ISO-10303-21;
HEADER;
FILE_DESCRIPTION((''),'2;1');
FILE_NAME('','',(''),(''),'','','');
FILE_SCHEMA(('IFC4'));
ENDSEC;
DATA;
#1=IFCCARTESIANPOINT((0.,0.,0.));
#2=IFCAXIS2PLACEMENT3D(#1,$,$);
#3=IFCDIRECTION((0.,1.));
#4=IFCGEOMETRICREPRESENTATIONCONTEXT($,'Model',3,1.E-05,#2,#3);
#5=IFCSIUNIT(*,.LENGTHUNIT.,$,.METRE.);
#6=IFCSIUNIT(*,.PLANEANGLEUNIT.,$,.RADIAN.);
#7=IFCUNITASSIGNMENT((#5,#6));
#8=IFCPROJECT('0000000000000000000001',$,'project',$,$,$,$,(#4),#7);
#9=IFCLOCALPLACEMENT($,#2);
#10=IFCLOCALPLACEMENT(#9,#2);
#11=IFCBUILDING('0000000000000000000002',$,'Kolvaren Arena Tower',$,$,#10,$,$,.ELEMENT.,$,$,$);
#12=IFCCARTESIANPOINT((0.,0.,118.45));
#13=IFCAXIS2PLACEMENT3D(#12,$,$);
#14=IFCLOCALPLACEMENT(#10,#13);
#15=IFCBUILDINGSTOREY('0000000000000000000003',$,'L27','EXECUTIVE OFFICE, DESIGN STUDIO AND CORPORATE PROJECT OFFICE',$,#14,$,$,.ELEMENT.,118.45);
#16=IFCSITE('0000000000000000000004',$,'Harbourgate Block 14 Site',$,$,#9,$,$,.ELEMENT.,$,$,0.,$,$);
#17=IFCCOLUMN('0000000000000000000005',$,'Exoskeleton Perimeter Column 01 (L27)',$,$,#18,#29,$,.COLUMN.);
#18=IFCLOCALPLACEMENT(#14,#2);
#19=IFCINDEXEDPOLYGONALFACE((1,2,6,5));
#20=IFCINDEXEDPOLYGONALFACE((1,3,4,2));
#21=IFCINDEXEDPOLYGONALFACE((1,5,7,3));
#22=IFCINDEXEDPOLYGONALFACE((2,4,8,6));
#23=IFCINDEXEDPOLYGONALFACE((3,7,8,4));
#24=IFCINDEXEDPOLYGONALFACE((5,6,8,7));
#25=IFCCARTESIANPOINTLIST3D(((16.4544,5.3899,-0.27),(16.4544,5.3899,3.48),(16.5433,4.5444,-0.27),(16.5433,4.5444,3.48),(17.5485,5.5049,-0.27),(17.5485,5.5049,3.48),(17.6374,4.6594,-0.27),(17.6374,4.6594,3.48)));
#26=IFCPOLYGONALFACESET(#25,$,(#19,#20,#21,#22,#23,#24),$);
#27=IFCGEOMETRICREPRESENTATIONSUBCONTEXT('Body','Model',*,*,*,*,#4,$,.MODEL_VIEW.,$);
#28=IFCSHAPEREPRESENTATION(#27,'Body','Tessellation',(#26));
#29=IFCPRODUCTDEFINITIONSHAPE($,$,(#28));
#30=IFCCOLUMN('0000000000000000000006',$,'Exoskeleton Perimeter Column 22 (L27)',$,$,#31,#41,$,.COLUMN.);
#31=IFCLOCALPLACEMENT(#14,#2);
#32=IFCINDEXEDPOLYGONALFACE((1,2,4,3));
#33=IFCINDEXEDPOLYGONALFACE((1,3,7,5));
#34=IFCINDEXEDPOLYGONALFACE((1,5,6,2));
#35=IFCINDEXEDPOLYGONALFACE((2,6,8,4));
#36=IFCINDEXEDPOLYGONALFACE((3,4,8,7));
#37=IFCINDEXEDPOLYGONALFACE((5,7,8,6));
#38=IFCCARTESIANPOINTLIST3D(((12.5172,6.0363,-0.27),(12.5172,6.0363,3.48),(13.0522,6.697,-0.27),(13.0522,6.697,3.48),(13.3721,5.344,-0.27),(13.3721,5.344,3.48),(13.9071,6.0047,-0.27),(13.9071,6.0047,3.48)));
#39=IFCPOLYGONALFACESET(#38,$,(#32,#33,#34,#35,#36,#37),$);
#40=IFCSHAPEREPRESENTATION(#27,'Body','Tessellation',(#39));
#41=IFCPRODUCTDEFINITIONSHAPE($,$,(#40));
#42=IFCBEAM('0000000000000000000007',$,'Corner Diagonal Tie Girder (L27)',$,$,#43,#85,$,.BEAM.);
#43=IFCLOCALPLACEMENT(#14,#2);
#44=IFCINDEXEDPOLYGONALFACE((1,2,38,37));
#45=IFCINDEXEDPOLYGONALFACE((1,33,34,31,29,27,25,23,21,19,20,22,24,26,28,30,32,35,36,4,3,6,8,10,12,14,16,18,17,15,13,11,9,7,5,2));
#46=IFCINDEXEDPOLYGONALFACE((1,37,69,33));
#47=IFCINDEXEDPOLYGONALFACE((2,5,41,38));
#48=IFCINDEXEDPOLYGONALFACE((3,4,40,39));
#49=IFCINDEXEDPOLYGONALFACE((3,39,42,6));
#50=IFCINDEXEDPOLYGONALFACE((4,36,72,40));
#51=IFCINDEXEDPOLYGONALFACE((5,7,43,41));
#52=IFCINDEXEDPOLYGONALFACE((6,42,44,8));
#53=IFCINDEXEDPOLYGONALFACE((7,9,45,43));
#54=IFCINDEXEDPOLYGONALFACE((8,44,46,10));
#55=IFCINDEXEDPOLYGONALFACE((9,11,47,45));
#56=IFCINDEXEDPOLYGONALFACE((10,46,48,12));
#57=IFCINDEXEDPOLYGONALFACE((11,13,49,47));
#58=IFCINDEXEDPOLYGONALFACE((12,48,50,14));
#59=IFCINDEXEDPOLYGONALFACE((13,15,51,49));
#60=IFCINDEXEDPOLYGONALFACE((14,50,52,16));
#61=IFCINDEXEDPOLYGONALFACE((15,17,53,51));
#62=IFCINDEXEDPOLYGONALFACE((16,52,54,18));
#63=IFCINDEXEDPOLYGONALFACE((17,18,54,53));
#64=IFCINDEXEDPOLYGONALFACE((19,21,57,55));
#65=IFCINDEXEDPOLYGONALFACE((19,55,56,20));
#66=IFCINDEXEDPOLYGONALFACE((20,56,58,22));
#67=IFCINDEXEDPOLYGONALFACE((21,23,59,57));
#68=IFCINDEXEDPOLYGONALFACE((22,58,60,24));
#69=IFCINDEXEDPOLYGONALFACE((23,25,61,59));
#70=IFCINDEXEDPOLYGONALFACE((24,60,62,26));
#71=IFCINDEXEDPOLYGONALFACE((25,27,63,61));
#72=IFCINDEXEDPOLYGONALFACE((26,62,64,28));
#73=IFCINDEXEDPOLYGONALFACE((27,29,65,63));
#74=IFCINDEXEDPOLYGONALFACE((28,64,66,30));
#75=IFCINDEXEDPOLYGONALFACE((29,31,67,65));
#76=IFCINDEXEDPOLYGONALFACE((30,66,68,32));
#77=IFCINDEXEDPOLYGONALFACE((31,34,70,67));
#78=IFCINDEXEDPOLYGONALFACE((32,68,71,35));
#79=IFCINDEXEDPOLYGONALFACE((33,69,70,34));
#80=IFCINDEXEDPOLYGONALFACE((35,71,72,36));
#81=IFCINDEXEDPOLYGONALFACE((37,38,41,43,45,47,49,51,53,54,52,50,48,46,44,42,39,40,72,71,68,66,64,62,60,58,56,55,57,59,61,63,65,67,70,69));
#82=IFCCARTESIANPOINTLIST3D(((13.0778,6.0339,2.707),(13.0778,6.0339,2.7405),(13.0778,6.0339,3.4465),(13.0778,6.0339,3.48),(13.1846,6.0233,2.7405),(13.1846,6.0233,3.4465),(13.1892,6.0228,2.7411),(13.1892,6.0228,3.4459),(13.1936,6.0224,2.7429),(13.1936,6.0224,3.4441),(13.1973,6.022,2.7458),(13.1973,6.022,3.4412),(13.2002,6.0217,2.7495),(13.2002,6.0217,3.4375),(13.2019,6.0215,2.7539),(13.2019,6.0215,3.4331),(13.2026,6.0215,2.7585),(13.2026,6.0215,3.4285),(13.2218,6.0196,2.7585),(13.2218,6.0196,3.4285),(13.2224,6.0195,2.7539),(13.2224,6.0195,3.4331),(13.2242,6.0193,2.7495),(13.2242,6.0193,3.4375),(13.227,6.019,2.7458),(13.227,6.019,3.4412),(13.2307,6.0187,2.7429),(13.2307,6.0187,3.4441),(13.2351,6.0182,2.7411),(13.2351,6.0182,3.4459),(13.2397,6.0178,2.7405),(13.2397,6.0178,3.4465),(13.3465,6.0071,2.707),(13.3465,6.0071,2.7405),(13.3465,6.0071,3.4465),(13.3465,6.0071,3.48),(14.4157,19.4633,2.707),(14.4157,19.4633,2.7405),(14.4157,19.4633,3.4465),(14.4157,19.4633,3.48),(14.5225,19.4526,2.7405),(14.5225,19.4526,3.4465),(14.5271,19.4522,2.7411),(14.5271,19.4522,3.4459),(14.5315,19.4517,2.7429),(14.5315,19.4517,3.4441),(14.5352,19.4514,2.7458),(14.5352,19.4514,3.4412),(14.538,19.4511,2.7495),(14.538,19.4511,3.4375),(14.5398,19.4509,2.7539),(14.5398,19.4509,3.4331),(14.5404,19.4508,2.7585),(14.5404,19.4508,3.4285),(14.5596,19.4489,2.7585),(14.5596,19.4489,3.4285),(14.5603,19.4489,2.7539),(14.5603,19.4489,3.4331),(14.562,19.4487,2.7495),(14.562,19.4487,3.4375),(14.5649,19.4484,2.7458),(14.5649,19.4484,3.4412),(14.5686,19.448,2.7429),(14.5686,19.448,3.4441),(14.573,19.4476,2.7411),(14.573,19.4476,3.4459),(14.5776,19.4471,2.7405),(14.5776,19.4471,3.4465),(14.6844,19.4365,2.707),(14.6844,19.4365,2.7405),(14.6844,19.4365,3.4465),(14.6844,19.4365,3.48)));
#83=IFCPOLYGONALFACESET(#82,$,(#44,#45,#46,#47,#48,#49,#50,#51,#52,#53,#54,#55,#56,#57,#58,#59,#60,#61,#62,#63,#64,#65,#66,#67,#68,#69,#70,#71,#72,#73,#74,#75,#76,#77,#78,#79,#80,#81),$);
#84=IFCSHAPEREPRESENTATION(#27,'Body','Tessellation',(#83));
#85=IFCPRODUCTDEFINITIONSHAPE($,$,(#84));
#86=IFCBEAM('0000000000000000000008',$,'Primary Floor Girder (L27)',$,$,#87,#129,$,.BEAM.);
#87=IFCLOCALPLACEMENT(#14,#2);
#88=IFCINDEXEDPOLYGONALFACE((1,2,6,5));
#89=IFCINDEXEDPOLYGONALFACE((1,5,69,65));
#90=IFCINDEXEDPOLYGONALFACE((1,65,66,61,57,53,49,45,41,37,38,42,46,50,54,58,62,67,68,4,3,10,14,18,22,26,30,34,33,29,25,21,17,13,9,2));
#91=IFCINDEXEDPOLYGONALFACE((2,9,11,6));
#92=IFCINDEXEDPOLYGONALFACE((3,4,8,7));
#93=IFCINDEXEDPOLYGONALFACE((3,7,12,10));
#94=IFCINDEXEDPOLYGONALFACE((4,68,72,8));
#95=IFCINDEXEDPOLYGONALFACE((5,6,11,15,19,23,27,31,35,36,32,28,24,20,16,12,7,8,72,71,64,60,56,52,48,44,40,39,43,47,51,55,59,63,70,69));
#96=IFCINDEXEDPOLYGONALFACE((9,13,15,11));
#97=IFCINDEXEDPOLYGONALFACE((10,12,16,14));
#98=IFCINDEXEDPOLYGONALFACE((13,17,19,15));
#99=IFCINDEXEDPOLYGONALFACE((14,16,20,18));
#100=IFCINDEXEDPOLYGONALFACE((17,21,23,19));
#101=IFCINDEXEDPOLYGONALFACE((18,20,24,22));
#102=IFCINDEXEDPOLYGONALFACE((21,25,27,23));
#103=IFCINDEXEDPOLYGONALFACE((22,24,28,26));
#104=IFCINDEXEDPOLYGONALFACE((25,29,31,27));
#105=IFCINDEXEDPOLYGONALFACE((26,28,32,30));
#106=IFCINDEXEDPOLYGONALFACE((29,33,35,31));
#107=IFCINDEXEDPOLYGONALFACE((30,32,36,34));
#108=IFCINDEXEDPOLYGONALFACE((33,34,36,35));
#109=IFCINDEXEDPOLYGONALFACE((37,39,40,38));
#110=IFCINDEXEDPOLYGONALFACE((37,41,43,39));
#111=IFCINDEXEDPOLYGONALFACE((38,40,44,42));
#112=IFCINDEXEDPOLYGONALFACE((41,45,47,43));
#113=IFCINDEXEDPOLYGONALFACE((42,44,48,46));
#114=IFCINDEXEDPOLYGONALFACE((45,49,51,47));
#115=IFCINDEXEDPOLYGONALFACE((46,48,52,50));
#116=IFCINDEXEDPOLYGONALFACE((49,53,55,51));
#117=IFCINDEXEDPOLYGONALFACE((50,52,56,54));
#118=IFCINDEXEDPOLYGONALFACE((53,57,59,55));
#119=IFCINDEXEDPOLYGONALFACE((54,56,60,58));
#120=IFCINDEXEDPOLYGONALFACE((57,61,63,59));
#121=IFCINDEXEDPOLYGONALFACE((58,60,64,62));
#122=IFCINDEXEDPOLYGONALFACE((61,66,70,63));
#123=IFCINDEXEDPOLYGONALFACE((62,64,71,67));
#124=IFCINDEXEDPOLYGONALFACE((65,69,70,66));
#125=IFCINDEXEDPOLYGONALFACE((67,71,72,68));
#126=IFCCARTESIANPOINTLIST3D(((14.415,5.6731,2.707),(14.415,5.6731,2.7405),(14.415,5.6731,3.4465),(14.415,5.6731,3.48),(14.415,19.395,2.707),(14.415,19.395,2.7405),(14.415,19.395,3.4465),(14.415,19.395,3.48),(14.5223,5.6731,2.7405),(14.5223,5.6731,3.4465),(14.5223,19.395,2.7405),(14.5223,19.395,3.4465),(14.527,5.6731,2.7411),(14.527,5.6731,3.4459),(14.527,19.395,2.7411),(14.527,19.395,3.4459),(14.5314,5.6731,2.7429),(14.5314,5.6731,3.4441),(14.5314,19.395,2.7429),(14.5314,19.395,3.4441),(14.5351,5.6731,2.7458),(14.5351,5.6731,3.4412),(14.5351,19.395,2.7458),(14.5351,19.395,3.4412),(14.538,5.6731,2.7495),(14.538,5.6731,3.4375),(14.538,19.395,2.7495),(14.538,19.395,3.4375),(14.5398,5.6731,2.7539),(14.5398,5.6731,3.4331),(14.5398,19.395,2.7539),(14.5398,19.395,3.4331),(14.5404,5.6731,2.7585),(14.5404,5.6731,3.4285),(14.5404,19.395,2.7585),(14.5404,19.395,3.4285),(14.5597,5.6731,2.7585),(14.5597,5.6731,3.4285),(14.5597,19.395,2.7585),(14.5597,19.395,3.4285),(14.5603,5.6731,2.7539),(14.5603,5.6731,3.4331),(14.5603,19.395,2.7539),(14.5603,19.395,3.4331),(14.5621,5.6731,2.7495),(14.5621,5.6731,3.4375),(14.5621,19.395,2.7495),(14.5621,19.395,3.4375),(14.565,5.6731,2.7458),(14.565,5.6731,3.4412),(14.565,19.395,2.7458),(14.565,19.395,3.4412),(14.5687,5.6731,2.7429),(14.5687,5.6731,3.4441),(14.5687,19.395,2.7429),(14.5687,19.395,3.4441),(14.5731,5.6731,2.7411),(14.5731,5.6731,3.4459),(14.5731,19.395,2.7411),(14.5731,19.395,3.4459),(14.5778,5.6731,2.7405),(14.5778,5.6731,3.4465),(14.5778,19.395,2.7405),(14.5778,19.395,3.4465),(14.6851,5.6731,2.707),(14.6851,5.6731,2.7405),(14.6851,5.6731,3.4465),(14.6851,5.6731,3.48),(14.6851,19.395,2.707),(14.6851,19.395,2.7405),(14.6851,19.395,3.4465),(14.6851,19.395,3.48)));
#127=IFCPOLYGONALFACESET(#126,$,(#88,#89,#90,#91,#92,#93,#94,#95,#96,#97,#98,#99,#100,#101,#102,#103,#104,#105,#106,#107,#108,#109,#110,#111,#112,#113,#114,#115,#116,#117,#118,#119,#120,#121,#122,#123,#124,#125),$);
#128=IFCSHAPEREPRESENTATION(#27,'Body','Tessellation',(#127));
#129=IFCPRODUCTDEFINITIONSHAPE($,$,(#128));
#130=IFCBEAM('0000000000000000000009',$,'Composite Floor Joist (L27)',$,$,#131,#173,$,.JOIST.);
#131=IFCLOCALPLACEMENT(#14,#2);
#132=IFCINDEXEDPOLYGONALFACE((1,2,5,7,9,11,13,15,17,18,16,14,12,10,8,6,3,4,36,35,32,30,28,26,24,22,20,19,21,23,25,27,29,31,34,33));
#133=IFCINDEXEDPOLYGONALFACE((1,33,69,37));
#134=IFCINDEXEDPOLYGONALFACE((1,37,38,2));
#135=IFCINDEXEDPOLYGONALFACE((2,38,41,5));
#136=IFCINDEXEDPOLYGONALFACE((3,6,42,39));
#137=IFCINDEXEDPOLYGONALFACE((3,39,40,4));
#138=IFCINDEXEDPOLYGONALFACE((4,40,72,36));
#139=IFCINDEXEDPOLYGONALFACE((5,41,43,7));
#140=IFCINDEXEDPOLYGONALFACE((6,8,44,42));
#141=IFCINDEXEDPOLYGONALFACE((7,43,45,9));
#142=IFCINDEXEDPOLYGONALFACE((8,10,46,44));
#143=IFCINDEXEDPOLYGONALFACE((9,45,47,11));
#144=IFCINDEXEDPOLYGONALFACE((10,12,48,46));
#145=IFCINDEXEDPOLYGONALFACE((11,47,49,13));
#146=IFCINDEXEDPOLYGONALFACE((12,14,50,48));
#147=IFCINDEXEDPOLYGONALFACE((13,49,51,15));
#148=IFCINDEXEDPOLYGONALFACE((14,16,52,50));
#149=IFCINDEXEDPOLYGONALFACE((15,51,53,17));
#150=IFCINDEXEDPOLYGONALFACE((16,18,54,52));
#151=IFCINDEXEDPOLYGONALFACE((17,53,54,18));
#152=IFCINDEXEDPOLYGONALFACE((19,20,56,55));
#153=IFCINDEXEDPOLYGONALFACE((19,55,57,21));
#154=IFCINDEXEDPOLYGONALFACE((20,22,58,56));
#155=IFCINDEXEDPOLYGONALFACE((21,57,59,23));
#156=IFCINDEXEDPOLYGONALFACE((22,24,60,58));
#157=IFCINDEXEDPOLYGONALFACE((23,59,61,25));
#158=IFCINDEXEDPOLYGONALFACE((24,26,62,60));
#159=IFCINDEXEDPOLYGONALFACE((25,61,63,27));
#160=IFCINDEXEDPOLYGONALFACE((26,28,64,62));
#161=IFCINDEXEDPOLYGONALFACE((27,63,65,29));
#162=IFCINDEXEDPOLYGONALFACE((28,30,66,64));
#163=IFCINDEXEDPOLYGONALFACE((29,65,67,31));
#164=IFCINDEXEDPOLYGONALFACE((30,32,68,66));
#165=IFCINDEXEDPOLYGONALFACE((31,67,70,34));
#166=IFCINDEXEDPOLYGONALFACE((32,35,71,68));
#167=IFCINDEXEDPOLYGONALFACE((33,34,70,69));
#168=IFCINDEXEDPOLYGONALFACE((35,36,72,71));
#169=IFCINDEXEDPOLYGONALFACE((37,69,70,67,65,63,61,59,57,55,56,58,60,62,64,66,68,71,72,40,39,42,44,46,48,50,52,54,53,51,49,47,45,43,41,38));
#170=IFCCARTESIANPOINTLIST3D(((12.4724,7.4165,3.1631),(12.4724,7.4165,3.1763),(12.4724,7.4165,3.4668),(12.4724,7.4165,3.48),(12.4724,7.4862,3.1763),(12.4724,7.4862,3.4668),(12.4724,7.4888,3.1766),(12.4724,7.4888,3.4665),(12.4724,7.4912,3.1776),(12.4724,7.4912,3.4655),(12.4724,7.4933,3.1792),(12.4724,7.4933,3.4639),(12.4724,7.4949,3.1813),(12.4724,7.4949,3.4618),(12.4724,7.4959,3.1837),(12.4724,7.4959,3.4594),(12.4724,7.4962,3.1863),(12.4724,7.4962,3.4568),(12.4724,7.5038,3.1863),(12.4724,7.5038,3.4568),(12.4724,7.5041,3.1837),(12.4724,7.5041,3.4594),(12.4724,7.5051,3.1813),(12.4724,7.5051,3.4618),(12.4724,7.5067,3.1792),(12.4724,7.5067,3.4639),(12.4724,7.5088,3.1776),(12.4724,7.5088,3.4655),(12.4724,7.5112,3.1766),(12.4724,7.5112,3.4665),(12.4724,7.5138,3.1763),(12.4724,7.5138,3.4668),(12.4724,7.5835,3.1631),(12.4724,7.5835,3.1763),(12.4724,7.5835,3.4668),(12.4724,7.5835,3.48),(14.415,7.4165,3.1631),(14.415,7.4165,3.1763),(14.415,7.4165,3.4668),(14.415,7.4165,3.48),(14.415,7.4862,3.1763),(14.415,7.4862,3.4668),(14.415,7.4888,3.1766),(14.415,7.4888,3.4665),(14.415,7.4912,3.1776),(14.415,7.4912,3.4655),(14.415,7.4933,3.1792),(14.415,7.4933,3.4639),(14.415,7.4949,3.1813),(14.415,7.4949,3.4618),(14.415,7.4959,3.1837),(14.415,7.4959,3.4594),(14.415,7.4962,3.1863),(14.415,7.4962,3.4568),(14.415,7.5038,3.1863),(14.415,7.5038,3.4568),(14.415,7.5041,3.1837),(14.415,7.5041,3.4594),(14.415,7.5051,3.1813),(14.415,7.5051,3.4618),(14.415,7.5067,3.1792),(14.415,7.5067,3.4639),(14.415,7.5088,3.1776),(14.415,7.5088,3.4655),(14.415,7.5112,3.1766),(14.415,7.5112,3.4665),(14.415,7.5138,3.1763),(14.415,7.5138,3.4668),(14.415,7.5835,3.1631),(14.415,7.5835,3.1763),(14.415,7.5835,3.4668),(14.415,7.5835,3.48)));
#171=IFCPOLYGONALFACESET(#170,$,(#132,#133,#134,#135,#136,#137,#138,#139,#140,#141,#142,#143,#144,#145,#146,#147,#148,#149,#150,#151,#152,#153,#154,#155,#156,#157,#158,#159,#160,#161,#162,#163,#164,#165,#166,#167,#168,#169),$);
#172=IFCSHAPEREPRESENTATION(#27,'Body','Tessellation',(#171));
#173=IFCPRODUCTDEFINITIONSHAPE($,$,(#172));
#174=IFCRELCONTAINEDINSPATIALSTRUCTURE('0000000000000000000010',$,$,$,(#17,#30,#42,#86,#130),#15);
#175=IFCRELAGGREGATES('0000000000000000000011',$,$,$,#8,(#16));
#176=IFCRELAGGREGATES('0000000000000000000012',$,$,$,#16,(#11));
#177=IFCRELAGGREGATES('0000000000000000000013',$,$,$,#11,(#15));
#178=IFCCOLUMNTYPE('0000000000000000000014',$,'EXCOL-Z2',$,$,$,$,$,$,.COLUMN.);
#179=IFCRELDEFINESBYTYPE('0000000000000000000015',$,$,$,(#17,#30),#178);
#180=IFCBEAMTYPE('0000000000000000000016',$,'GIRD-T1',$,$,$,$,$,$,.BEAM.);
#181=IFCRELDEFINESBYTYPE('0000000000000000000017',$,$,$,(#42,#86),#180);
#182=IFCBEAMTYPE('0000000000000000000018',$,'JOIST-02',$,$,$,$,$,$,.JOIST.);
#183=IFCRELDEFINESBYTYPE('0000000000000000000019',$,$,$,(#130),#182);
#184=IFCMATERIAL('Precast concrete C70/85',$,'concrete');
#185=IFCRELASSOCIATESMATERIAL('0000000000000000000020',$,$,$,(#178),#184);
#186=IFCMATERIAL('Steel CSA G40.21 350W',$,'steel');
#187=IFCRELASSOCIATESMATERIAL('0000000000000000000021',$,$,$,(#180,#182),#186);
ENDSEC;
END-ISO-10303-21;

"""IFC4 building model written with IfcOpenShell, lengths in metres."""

from ifc_helpers import new_model, si_unit, direction, frame, origin, origin_2d, place, context, subcontext, project, spatial, rectangle, i_section, extrude, material, material_profile, profile_set, type_object, element, save


model = new_model("IFC4")

# Units and contexts
model_context = context("Model", 3, precision=1e-05, world=origin(), true_north=direction((0.0, 1.0)))
body_context = subcontext(model_context, "Body", "Model", "MODEL_VIEW")
ifc_project = project(units=[si_unit("LENGTHUNIT", "METRE"), si_unit("PLANEANGLEUNIT", "RADIAN")], contexts=[model_context])

# Site, building, storey
site_placement = place(None, origin())
site = spatial("IfcSite", under=ifc_project, at=site_placement, Name="Harbourgate Block 14 Site", CompositionType="ELEMENT", RefElevation=0.0)
building_placement = place(site_placement, origin())
building = spatial("IfcBuilding", under=site, at=building_placement, Name="Kolvaren Arena Tower", CompositionType="ELEMENT")
storey_placement = place(building_placement, frame((0.0, 0.0, 118.45)))
storey = spatial("IfcBuildingStorey", under=building, at=storey_placement, Name="L27", Description="EXECUTIVE OFFICE, DESIGN STUDIO AND CORPORATE PROJECT OFFICE", CompositionType="ELEMENT", Elevation=118.45)

# Columns
ifc_material_1 = material(Name="Precast concrete C70/85", Category="concrete")
ifc_material_profile_1 = material_profile(ifc_material_1, rectangle(XDim=1.1001, YDim=0.8501, at=origin_2d()), Name="RC-1100x850")
ifc_profile_set_1 = profile_set([ifc_material_profile_1], Name="Precast concrete C70/85")
column_type = type_object("IfcColumnType", Name="EXCOL-Z2", PredefinedType="COLUMN", material=ifc_profile_set_1)
for number, where, z_axis, x_axis, name in (
    (1, (17.0459, 5.0247, -0.27), (0.0, 0.0, 1.0), (0.994522, 0.104528, 0.0), "Exoskeleton Perimeter Column 01 (L27)"),
    (2, (13.2122, 6.0205, -0.27), (0.0, 0.0, 1.0), (-0.777146, 0.62932, 0.0), "Exoskeleton Perimeter Column 22 (L27)"),
):
    element("IfcColumn", number, at=place(storey_placement, frame(where, z_axis=z_axis, x_axis=x_axis)), inside=storey, type_object=column_type, Name=name, PredefinedType="COLUMN", context=body_context, shape_type="SweptSolid", body=[
        extrude(rectangle(XDim=1.1001, YDim=0.8501, at=origin_2d()), origin(), (0.0, 0.0, 1.0), 3.75),
    ])

# Beams
ifc_material_2 = material(Name="Steel CSA G40.21 350W", Category="steel")
ifc_material_profile_2 = material_profile(ifc_material_2, i_section(OverallWidth=0.27, OverallDepth=0.7729, WebThickness=0.0193, FlangeThickness=0.0334, FilletRadius=0.0181, at=origin_2d()), Name="W760x257")
ifc_profile_set_2 = profile_set([ifc_material_profile_2], Name="Steel CSA G40.21 350W")
beam_type_1 = type_object("IfcBeamType", Name="GIRD-T1", PredefinedType="BEAM", material=ifc_profile_set_2)
beam_1_placement = place(storey_placement, frame((13.2122, 6.0205, 3.0935), z_axis=(0.099133, 0.995074, 0.0), x_axis=(-0.995074, 0.099133, 0.0)))
element("IfcBeam", 3, at=beam_1_placement, inside=storey, type_object=beam_type_1, Name="Corner Diagonal Tie Girder (L27)", PredefinedType="BEAM", context=body_context, shape_type="SweptSolid", body=[
    extrude(i_section(OverallWidth=0.27, OverallDepth=0.7729, WebThickness=0.0193, FlangeThickness=0.0334, FilletRadius=0.0181, at=origin_2d()), origin(), (0.0, 0.0, 1.0), 13.4958),
])
beam_2_placement = place(storey_placement, frame((14.55, 5.6731, 3.0935), z_axis=(0.0, 1.0, 0.0), x_axis=(-1.0, 0.0, 0.0)))
element("IfcBeam", 4, at=beam_2_placement, inside=storey, type_object=beam_type_1, Name="Primary Floor Girder (L27)", PredefinedType="BEAM", context=body_context, shape_type="SweptSolid", body=[
    extrude(i_section(OverallWidth=0.27, OverallDepth=0.7729, WebThickness=0.0193, FlangeThickness=0.0334, FilletRadius=0.0181, at=origin_2d()), origin(), (0.0, 0.0, 1.0), 13.7219),
])
ifc_material_profile_3 = material_profile(ifc_material_2, i_section(OverallWidth=0.167, OverallDepth=0.3169, WebThickness=0.0076, FlangeThickness=0.0132, FilletRadius=0.01, at=origin_2d()), Name="W310x52")
ifc_profile_set_3 = profile_set([ifc_material_profile_3], Name="Steel CSA G40.21 350W")
beam_type_2 = type_object("IfcBeamType", Name="JOIST-02", PredefinedType="JOIST", material=ifc_profile_set_3)
beam_3_placement = place(storey_placement, frame((12.4724, 7.5, 3.3215), z_axis=(1.0, 0.0, 0.0), x_axis=(0.0, 1.0, 0.0)))
element("IfcBeam", 5, at=beam_3_placement, inside=storey, type_object=beam_type_2, Name="Composite Floor Joist (L27)", PredefinedType="JOIST", context=body_context, shape_type="SweptSolid", body=[
    extrude(i_section(OverallWidth=0.167, OverallDepth=0.3169, WebThickness=0.0076, FlangeThickness=0.0132, FilletRadius=0.01, at=origin_2d()), origin(), (0.0, 0.0, 1.0), 1.9426),
])

save(model, "model.ifc")
